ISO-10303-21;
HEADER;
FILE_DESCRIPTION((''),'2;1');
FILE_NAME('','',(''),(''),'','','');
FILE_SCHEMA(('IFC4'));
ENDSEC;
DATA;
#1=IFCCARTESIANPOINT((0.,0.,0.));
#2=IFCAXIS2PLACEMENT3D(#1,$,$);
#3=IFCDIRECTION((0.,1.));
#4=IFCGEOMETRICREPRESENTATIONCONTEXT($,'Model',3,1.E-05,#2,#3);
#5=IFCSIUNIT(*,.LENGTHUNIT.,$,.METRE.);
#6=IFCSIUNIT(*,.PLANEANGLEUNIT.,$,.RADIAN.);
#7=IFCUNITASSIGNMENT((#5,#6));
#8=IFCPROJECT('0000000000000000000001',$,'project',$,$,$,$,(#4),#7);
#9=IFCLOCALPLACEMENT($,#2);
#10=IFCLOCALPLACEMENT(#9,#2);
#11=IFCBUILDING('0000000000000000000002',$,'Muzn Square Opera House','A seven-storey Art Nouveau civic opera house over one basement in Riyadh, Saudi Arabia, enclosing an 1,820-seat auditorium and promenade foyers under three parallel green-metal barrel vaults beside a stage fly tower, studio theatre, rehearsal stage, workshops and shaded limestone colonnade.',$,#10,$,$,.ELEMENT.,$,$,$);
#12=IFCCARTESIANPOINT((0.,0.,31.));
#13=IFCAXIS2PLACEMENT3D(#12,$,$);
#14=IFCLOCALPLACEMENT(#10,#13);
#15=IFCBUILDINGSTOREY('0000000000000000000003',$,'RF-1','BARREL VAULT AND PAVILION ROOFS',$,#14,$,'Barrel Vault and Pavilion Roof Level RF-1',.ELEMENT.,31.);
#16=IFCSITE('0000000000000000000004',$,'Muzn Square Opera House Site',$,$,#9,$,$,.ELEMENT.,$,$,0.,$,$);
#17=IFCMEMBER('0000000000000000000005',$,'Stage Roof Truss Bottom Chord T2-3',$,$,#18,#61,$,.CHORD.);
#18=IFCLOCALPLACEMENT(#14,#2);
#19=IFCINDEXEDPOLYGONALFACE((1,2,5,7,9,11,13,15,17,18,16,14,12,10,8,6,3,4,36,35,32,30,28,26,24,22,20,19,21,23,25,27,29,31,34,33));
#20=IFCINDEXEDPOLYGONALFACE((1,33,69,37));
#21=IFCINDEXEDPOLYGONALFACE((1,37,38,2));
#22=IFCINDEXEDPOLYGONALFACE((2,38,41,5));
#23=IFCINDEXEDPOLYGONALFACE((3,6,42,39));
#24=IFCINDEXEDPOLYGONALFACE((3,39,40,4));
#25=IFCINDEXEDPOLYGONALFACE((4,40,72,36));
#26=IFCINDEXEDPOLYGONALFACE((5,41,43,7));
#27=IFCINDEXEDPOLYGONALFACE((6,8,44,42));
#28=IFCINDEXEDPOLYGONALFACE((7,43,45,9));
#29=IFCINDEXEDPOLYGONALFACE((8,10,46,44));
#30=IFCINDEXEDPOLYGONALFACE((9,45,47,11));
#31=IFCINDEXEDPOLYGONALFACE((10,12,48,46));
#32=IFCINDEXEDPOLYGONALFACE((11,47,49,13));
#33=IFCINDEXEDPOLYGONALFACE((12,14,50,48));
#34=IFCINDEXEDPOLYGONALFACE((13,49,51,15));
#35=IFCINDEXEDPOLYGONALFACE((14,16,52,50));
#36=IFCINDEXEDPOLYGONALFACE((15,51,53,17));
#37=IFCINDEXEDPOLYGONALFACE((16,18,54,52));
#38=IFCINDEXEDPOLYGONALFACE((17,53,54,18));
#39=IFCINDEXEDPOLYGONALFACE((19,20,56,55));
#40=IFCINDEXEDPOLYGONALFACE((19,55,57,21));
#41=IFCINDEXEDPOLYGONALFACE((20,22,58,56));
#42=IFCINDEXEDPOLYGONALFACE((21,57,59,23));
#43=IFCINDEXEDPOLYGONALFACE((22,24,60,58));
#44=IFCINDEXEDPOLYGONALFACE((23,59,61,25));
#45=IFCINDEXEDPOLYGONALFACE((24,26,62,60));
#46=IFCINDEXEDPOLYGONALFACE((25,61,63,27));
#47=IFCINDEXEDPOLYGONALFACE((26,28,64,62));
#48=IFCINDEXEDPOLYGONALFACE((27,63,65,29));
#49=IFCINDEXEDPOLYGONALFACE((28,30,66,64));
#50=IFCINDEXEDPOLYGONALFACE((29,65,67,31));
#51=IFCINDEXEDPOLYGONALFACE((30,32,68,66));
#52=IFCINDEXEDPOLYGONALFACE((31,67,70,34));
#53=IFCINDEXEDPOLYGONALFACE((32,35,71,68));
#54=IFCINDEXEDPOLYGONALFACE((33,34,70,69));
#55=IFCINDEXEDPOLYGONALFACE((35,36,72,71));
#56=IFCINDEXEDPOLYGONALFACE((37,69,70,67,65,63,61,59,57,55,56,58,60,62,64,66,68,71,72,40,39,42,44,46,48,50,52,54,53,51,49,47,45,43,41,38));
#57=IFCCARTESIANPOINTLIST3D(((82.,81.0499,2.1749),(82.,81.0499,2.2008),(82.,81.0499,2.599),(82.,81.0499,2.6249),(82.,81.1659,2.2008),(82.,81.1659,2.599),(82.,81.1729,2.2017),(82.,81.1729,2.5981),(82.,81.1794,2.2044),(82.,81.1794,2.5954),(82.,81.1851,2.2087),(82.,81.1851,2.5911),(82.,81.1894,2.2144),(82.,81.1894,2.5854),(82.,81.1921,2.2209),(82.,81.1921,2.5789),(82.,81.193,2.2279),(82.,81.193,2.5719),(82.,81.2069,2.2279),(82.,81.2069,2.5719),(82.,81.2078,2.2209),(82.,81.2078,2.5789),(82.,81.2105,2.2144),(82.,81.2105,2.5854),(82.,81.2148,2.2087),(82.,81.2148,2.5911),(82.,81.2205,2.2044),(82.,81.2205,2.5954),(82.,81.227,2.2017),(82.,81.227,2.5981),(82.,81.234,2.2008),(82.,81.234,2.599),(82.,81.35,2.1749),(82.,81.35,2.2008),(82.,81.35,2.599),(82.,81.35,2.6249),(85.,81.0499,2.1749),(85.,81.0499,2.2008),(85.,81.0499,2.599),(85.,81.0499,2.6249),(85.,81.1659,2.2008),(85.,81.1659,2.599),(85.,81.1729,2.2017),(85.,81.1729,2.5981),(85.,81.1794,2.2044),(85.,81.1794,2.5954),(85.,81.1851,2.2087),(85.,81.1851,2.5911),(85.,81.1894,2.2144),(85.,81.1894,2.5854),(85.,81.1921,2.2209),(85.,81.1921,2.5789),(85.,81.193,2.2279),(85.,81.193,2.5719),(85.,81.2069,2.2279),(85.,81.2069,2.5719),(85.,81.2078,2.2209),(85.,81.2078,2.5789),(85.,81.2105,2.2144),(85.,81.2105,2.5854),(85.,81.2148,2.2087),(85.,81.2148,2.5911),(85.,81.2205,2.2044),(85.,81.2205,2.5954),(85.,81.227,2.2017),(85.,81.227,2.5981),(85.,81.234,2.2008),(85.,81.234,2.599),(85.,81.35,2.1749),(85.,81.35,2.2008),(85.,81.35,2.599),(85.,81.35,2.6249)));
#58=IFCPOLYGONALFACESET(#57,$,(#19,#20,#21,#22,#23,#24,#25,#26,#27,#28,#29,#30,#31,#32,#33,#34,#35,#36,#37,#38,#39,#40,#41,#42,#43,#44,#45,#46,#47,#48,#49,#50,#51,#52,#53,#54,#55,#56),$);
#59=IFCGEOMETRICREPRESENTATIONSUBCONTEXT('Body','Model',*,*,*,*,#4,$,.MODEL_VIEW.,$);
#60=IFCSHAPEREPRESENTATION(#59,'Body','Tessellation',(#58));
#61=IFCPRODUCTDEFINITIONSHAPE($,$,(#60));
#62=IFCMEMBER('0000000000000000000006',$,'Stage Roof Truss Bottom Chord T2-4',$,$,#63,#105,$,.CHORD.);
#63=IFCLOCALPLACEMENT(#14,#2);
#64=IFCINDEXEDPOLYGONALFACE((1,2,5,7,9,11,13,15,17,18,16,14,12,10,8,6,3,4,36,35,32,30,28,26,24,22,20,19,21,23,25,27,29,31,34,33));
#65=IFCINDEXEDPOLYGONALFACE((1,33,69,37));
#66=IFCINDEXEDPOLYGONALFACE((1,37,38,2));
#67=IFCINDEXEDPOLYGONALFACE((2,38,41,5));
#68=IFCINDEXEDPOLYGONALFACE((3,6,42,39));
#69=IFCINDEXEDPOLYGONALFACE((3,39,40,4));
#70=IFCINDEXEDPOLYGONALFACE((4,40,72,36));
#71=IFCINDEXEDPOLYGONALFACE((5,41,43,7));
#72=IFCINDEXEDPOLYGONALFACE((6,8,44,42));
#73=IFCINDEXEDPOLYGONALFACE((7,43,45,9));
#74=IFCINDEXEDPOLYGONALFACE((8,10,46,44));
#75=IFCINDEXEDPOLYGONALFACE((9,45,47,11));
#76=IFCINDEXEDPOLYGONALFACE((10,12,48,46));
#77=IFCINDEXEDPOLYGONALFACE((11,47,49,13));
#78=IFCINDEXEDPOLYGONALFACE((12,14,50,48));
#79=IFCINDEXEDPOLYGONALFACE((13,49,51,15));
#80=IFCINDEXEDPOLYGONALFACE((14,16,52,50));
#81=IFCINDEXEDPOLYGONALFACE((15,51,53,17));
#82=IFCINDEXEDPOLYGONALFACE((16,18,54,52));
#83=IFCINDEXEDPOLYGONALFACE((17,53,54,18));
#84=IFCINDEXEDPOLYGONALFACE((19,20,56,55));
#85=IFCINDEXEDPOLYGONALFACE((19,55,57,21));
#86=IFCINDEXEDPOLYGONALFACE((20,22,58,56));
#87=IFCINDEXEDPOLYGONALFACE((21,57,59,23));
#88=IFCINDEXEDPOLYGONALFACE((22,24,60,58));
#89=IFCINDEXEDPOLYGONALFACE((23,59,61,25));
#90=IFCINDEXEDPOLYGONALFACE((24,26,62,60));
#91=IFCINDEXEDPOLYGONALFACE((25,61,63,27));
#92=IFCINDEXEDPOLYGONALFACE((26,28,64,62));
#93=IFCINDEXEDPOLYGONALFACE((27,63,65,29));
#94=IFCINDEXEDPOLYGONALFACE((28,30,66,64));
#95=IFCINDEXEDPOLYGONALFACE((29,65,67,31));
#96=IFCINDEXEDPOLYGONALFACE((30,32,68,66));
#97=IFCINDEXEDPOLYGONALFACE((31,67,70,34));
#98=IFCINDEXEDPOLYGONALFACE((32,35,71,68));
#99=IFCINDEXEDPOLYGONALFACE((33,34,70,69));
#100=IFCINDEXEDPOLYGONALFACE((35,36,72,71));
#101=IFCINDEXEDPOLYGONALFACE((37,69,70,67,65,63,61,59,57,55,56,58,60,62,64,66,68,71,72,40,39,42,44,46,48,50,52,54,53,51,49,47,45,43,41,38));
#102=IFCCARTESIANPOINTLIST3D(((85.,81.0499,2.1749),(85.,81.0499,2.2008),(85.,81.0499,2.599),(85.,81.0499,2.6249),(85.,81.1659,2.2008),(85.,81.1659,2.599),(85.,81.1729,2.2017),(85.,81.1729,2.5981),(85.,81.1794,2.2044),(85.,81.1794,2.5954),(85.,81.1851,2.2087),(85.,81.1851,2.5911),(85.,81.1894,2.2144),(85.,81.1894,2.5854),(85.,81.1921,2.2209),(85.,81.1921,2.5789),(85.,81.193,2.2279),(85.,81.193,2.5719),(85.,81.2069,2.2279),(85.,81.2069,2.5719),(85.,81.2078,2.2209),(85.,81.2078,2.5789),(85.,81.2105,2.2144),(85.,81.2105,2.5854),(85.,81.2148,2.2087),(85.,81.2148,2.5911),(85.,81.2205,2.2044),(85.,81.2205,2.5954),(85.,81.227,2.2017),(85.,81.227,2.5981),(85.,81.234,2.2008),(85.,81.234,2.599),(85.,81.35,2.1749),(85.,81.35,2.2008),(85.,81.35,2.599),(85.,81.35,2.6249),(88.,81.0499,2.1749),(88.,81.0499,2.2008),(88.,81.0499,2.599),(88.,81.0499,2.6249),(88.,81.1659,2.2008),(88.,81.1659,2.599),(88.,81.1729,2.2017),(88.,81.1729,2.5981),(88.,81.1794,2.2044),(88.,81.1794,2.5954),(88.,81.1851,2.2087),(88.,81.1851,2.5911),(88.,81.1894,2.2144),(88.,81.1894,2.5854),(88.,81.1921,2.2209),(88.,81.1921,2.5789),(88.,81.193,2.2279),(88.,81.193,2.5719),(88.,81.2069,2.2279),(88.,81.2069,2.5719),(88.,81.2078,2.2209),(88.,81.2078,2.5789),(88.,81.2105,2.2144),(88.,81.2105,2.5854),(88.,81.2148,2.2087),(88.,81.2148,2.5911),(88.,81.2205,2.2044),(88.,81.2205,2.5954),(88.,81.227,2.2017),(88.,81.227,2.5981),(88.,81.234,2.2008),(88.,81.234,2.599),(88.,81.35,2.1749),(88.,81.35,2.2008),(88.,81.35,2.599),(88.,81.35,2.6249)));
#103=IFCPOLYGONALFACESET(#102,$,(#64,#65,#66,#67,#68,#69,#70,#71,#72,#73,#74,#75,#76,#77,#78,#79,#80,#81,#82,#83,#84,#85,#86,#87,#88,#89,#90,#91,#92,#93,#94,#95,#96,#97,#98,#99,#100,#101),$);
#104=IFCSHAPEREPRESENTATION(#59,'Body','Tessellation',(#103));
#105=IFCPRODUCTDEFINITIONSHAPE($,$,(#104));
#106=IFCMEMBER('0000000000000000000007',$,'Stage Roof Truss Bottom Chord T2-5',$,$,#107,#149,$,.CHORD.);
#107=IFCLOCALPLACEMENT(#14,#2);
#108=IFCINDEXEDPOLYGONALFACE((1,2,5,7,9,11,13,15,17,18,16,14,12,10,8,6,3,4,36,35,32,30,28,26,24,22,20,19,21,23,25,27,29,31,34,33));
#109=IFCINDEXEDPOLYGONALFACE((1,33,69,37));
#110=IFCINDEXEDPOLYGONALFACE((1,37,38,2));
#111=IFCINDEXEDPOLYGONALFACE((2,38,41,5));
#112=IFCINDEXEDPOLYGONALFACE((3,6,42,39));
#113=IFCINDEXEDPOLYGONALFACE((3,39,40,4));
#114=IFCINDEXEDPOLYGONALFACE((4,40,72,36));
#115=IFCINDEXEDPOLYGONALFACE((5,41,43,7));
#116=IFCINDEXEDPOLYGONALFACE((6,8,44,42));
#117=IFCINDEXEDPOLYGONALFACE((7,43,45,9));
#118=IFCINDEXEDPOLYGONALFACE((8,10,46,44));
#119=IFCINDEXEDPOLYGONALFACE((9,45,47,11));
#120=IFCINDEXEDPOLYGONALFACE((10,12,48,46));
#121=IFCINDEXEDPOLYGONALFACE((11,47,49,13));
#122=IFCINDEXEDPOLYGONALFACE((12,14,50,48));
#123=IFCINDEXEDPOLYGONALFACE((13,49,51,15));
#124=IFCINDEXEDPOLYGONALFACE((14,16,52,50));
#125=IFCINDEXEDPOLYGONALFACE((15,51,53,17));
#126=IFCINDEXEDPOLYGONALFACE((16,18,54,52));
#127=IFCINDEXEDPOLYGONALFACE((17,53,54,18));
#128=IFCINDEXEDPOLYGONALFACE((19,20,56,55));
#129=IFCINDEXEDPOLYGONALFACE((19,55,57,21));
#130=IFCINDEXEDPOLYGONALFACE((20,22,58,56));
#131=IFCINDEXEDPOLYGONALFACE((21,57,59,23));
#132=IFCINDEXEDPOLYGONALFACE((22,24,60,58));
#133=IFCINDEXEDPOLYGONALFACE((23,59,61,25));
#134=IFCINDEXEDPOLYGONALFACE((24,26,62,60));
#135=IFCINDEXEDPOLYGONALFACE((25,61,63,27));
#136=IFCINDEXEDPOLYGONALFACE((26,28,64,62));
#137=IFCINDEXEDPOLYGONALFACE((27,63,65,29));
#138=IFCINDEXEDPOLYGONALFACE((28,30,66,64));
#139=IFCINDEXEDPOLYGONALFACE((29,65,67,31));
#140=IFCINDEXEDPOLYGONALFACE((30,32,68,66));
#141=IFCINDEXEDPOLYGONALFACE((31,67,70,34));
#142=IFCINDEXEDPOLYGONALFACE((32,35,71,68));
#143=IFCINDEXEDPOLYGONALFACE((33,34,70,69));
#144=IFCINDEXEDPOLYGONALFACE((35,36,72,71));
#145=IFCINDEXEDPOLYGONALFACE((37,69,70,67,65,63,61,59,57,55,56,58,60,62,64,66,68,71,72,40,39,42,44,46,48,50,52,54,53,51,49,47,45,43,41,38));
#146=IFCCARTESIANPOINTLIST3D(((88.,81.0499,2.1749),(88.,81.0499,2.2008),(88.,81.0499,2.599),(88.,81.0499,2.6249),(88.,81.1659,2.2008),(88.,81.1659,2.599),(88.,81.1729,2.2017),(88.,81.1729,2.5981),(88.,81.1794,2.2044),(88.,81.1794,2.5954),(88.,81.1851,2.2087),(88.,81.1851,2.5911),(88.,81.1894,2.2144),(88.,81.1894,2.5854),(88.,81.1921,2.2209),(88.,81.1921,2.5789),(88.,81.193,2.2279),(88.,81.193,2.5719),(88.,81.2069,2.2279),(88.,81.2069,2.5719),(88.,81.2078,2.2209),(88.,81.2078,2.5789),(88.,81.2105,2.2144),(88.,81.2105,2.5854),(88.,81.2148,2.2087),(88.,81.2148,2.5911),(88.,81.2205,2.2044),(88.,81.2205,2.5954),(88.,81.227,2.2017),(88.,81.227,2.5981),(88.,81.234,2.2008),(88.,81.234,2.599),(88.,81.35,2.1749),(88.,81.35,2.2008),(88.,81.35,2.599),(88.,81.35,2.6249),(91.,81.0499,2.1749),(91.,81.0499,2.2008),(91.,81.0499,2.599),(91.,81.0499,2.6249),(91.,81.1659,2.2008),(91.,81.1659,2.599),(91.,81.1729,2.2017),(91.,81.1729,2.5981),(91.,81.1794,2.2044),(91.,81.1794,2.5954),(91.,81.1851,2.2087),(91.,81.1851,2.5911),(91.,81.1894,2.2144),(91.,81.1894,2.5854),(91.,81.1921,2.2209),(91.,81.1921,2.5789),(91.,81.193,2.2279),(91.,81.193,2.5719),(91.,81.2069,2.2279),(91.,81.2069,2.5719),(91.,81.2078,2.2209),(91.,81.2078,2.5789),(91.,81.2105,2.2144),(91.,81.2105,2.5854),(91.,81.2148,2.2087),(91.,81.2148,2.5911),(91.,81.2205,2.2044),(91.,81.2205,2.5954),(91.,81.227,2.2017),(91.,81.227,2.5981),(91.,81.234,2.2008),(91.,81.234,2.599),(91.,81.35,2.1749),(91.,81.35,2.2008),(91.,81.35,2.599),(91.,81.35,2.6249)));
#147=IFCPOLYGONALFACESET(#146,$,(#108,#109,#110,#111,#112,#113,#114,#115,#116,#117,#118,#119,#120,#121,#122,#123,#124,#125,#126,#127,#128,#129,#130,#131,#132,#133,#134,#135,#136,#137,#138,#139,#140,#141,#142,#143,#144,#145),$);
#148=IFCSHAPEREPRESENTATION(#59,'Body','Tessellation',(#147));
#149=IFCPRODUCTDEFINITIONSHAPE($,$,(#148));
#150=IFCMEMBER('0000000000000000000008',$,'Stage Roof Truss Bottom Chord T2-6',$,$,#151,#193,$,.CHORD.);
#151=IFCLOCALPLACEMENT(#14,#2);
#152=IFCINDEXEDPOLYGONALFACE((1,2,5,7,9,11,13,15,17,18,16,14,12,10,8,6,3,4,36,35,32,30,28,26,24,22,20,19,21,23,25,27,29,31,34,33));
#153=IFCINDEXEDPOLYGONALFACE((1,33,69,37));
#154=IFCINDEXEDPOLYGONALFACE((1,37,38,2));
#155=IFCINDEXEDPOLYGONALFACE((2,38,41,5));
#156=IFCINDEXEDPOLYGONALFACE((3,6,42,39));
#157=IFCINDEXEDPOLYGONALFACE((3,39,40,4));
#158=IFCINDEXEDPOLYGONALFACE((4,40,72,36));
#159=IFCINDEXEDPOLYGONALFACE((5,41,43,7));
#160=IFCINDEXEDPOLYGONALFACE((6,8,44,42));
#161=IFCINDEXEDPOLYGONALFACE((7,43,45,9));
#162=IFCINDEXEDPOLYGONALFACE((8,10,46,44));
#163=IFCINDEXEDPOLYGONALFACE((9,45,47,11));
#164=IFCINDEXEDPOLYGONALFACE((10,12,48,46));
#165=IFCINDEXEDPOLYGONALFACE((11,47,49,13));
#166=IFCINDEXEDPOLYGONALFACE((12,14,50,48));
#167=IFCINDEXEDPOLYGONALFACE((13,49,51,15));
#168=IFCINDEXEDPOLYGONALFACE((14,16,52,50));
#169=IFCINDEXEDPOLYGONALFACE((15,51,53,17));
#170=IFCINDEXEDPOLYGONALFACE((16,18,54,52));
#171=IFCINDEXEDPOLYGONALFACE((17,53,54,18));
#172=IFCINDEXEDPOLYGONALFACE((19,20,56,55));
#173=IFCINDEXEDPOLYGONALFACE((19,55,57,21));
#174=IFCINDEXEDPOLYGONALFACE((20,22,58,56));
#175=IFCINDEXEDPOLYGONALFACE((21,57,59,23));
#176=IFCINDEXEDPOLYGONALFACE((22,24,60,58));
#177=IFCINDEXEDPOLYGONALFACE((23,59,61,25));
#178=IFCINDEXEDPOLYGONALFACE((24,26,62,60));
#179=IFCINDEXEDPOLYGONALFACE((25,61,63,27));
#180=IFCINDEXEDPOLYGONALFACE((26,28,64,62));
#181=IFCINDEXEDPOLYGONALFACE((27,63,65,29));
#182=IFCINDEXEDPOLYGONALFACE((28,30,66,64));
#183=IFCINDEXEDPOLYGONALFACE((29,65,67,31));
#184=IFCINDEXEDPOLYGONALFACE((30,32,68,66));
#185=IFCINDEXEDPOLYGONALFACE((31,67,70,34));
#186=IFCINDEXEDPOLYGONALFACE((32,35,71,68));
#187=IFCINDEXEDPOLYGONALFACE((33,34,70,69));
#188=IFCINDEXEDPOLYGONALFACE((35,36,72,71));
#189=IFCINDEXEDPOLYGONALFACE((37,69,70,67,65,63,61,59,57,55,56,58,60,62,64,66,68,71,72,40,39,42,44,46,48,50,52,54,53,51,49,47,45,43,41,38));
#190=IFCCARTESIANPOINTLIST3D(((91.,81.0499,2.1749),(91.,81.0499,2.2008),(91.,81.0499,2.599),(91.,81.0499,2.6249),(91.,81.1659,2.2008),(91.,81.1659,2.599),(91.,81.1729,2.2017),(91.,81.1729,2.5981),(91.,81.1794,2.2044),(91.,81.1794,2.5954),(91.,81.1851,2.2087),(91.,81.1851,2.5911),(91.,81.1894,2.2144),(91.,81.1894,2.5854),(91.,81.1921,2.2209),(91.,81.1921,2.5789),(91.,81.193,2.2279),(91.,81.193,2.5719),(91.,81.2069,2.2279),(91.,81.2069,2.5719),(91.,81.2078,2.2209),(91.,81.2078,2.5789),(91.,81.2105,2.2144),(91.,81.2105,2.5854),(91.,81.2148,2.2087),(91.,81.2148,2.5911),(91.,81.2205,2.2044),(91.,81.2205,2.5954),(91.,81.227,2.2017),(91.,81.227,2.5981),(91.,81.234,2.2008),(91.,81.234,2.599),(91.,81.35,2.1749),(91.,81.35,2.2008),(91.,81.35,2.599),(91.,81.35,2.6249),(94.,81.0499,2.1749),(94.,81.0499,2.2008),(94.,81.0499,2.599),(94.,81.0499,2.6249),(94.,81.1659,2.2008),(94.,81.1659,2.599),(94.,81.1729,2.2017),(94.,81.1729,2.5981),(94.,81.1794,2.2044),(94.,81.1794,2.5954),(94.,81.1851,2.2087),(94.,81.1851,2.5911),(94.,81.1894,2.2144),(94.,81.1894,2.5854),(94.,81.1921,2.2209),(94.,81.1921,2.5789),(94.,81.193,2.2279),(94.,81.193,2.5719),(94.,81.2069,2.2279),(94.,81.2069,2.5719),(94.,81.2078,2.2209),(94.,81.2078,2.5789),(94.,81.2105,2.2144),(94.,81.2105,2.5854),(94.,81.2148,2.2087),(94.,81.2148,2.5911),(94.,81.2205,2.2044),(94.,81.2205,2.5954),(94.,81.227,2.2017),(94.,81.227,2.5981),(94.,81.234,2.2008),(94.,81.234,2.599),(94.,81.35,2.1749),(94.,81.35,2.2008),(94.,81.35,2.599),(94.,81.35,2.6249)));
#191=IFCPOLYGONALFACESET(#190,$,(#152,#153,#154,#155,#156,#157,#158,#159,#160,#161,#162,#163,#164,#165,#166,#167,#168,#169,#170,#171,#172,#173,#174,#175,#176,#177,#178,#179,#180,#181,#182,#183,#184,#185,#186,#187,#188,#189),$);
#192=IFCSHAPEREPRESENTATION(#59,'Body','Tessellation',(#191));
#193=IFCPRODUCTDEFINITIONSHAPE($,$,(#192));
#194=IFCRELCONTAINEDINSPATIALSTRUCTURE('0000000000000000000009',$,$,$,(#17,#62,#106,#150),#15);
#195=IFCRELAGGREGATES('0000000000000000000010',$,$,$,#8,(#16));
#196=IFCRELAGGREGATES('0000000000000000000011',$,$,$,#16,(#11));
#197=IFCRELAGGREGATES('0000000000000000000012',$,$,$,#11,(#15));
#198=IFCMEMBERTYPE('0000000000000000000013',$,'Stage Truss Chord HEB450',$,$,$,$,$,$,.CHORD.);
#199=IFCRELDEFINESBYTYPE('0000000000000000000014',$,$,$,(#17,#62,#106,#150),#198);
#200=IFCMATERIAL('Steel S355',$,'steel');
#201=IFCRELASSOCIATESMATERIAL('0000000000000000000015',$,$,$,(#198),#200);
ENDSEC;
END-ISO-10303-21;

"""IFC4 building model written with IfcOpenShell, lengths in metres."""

from ifc_helpers import new_model, si_unit, direction, frame, origin, origin_2d, place, context, subcontext, project, spatial, i_section, extrude, material, material_profile, profile_set, type_object, element, save


model = new_model("IFC4")

# Units and contexts
model_context = context("Model", 3, precision=1e-05, world=origin(), true_north=direction((0.0, 1.0)))
body_context = subcontext(model_context, "Body", "Model", "MODEL_VIEW")
ifc_project = project(units=[si_unit("LENGTHUNIT", "METRE"), si_unit("PLANEANGLEUNIT", "RADIAN")], contexts=[model_context])

# Site, building, storey
site_placement = place(None, origin())
site = spatial("IfcSite", under=ifc_project, at=site_placement, Name="Muzn Square Opera House Site", CompositionType="ELEMENT", RefElevation=0.0)
building_placement = place(site_placement, origin())
building = spatial("IfcBuilding", under=site, at=building_placement, Name="Muzn Square Opera House", Description="A seven-storey Art Nouveau civic opera house over one basement in Riyadh, Saudi Arabia, enclosing an 1,820-seat auditorium and promenade foyers under three parallel green-metal barrel vaults beside a stage fly tower, studio theatre, rehearsal stage, workshops and shaded limestone colonnade.", CompositionType="ELEMENT")
storey_placement = place(building_placement, frame((0.0, 0.0, 31.0)))
storey = spatial("IfcBuildingStorey", under=building, at=storey_placement, Name="RF-1", Description="BARREL VAULT AND PAVILION ROOFS", LongName="Barrel Vault and Pavilion Roof Level RF-1", CompositionType="ELEMENT", Elevation=31.0)

# Shared definitions
ifc_material_1 = material(Name="Steel S355", Category="steel")

# Members
ifc_material_profile_1 = material_profile(ifc_material_1, i_section(OverallWidth=0.3, OverallDepth=0.45, WebThickness=0.0139, FlangeThickness=0.0259, FilletRadius=0.0271, at=origin_2d()), Name="HEB 450", Category="steel")
ifc_profile_set_1 = profile_set([ifc_material_profile_1], Name="Steel S355")
member_type_1 = type_object("IfcMemberType", Name="Stage Truss Chord HEB450", PredefinedType="CHORD", material=ifc_profile_set_1)
for number, where, z_axis, x_axis, name in (
    (1, (82.0, 81.2, 2.3999), (1.0, 0.0, 0.0), (0.0, 1.0, 0.0), "Stage Roof Truss Bottom Chord T2-3"),
    (2, (85.0, 81.2, 2.3999), (1.0, 0.0, 0.0), (0.0, 1.0, 0.0), "Stage Roof Truss Bottom Chord T2-4"),
    (3, (88.0, 81.2, 2.3999), (1.0, 0.0, 0.0), (0.0, 1.0, 0.0), "Stage Roof Truss Bottom Chord T2-5"),
    (4, (91.0, 81.2, 2.3999), (1.0, 0.0, 0.0), (0.0, 1.0, 0.0), "Stage Roof Truss Bottom Chord T2-6"),
):
    element("IfcMember", number, at=place(storey_placement, frame(where, z_axis=z_axis, x_axis=x_axis)), inside=storey, type_object=member_type_1, Name=name, PredefinedType="CHORD", context=body_context, shape_type="SweptSolid", body=[
        extrude(i_section(OverallWidth=0.3, OverallDepth=0.45, WebThickness=0.0139, FlangeThickness=0.0259, FilletRadius=0.0271, at=origin_2d()), origin(), (0.0, 0.0, 1.0), 3.0),
    ])

save(model, "model.ifc")
